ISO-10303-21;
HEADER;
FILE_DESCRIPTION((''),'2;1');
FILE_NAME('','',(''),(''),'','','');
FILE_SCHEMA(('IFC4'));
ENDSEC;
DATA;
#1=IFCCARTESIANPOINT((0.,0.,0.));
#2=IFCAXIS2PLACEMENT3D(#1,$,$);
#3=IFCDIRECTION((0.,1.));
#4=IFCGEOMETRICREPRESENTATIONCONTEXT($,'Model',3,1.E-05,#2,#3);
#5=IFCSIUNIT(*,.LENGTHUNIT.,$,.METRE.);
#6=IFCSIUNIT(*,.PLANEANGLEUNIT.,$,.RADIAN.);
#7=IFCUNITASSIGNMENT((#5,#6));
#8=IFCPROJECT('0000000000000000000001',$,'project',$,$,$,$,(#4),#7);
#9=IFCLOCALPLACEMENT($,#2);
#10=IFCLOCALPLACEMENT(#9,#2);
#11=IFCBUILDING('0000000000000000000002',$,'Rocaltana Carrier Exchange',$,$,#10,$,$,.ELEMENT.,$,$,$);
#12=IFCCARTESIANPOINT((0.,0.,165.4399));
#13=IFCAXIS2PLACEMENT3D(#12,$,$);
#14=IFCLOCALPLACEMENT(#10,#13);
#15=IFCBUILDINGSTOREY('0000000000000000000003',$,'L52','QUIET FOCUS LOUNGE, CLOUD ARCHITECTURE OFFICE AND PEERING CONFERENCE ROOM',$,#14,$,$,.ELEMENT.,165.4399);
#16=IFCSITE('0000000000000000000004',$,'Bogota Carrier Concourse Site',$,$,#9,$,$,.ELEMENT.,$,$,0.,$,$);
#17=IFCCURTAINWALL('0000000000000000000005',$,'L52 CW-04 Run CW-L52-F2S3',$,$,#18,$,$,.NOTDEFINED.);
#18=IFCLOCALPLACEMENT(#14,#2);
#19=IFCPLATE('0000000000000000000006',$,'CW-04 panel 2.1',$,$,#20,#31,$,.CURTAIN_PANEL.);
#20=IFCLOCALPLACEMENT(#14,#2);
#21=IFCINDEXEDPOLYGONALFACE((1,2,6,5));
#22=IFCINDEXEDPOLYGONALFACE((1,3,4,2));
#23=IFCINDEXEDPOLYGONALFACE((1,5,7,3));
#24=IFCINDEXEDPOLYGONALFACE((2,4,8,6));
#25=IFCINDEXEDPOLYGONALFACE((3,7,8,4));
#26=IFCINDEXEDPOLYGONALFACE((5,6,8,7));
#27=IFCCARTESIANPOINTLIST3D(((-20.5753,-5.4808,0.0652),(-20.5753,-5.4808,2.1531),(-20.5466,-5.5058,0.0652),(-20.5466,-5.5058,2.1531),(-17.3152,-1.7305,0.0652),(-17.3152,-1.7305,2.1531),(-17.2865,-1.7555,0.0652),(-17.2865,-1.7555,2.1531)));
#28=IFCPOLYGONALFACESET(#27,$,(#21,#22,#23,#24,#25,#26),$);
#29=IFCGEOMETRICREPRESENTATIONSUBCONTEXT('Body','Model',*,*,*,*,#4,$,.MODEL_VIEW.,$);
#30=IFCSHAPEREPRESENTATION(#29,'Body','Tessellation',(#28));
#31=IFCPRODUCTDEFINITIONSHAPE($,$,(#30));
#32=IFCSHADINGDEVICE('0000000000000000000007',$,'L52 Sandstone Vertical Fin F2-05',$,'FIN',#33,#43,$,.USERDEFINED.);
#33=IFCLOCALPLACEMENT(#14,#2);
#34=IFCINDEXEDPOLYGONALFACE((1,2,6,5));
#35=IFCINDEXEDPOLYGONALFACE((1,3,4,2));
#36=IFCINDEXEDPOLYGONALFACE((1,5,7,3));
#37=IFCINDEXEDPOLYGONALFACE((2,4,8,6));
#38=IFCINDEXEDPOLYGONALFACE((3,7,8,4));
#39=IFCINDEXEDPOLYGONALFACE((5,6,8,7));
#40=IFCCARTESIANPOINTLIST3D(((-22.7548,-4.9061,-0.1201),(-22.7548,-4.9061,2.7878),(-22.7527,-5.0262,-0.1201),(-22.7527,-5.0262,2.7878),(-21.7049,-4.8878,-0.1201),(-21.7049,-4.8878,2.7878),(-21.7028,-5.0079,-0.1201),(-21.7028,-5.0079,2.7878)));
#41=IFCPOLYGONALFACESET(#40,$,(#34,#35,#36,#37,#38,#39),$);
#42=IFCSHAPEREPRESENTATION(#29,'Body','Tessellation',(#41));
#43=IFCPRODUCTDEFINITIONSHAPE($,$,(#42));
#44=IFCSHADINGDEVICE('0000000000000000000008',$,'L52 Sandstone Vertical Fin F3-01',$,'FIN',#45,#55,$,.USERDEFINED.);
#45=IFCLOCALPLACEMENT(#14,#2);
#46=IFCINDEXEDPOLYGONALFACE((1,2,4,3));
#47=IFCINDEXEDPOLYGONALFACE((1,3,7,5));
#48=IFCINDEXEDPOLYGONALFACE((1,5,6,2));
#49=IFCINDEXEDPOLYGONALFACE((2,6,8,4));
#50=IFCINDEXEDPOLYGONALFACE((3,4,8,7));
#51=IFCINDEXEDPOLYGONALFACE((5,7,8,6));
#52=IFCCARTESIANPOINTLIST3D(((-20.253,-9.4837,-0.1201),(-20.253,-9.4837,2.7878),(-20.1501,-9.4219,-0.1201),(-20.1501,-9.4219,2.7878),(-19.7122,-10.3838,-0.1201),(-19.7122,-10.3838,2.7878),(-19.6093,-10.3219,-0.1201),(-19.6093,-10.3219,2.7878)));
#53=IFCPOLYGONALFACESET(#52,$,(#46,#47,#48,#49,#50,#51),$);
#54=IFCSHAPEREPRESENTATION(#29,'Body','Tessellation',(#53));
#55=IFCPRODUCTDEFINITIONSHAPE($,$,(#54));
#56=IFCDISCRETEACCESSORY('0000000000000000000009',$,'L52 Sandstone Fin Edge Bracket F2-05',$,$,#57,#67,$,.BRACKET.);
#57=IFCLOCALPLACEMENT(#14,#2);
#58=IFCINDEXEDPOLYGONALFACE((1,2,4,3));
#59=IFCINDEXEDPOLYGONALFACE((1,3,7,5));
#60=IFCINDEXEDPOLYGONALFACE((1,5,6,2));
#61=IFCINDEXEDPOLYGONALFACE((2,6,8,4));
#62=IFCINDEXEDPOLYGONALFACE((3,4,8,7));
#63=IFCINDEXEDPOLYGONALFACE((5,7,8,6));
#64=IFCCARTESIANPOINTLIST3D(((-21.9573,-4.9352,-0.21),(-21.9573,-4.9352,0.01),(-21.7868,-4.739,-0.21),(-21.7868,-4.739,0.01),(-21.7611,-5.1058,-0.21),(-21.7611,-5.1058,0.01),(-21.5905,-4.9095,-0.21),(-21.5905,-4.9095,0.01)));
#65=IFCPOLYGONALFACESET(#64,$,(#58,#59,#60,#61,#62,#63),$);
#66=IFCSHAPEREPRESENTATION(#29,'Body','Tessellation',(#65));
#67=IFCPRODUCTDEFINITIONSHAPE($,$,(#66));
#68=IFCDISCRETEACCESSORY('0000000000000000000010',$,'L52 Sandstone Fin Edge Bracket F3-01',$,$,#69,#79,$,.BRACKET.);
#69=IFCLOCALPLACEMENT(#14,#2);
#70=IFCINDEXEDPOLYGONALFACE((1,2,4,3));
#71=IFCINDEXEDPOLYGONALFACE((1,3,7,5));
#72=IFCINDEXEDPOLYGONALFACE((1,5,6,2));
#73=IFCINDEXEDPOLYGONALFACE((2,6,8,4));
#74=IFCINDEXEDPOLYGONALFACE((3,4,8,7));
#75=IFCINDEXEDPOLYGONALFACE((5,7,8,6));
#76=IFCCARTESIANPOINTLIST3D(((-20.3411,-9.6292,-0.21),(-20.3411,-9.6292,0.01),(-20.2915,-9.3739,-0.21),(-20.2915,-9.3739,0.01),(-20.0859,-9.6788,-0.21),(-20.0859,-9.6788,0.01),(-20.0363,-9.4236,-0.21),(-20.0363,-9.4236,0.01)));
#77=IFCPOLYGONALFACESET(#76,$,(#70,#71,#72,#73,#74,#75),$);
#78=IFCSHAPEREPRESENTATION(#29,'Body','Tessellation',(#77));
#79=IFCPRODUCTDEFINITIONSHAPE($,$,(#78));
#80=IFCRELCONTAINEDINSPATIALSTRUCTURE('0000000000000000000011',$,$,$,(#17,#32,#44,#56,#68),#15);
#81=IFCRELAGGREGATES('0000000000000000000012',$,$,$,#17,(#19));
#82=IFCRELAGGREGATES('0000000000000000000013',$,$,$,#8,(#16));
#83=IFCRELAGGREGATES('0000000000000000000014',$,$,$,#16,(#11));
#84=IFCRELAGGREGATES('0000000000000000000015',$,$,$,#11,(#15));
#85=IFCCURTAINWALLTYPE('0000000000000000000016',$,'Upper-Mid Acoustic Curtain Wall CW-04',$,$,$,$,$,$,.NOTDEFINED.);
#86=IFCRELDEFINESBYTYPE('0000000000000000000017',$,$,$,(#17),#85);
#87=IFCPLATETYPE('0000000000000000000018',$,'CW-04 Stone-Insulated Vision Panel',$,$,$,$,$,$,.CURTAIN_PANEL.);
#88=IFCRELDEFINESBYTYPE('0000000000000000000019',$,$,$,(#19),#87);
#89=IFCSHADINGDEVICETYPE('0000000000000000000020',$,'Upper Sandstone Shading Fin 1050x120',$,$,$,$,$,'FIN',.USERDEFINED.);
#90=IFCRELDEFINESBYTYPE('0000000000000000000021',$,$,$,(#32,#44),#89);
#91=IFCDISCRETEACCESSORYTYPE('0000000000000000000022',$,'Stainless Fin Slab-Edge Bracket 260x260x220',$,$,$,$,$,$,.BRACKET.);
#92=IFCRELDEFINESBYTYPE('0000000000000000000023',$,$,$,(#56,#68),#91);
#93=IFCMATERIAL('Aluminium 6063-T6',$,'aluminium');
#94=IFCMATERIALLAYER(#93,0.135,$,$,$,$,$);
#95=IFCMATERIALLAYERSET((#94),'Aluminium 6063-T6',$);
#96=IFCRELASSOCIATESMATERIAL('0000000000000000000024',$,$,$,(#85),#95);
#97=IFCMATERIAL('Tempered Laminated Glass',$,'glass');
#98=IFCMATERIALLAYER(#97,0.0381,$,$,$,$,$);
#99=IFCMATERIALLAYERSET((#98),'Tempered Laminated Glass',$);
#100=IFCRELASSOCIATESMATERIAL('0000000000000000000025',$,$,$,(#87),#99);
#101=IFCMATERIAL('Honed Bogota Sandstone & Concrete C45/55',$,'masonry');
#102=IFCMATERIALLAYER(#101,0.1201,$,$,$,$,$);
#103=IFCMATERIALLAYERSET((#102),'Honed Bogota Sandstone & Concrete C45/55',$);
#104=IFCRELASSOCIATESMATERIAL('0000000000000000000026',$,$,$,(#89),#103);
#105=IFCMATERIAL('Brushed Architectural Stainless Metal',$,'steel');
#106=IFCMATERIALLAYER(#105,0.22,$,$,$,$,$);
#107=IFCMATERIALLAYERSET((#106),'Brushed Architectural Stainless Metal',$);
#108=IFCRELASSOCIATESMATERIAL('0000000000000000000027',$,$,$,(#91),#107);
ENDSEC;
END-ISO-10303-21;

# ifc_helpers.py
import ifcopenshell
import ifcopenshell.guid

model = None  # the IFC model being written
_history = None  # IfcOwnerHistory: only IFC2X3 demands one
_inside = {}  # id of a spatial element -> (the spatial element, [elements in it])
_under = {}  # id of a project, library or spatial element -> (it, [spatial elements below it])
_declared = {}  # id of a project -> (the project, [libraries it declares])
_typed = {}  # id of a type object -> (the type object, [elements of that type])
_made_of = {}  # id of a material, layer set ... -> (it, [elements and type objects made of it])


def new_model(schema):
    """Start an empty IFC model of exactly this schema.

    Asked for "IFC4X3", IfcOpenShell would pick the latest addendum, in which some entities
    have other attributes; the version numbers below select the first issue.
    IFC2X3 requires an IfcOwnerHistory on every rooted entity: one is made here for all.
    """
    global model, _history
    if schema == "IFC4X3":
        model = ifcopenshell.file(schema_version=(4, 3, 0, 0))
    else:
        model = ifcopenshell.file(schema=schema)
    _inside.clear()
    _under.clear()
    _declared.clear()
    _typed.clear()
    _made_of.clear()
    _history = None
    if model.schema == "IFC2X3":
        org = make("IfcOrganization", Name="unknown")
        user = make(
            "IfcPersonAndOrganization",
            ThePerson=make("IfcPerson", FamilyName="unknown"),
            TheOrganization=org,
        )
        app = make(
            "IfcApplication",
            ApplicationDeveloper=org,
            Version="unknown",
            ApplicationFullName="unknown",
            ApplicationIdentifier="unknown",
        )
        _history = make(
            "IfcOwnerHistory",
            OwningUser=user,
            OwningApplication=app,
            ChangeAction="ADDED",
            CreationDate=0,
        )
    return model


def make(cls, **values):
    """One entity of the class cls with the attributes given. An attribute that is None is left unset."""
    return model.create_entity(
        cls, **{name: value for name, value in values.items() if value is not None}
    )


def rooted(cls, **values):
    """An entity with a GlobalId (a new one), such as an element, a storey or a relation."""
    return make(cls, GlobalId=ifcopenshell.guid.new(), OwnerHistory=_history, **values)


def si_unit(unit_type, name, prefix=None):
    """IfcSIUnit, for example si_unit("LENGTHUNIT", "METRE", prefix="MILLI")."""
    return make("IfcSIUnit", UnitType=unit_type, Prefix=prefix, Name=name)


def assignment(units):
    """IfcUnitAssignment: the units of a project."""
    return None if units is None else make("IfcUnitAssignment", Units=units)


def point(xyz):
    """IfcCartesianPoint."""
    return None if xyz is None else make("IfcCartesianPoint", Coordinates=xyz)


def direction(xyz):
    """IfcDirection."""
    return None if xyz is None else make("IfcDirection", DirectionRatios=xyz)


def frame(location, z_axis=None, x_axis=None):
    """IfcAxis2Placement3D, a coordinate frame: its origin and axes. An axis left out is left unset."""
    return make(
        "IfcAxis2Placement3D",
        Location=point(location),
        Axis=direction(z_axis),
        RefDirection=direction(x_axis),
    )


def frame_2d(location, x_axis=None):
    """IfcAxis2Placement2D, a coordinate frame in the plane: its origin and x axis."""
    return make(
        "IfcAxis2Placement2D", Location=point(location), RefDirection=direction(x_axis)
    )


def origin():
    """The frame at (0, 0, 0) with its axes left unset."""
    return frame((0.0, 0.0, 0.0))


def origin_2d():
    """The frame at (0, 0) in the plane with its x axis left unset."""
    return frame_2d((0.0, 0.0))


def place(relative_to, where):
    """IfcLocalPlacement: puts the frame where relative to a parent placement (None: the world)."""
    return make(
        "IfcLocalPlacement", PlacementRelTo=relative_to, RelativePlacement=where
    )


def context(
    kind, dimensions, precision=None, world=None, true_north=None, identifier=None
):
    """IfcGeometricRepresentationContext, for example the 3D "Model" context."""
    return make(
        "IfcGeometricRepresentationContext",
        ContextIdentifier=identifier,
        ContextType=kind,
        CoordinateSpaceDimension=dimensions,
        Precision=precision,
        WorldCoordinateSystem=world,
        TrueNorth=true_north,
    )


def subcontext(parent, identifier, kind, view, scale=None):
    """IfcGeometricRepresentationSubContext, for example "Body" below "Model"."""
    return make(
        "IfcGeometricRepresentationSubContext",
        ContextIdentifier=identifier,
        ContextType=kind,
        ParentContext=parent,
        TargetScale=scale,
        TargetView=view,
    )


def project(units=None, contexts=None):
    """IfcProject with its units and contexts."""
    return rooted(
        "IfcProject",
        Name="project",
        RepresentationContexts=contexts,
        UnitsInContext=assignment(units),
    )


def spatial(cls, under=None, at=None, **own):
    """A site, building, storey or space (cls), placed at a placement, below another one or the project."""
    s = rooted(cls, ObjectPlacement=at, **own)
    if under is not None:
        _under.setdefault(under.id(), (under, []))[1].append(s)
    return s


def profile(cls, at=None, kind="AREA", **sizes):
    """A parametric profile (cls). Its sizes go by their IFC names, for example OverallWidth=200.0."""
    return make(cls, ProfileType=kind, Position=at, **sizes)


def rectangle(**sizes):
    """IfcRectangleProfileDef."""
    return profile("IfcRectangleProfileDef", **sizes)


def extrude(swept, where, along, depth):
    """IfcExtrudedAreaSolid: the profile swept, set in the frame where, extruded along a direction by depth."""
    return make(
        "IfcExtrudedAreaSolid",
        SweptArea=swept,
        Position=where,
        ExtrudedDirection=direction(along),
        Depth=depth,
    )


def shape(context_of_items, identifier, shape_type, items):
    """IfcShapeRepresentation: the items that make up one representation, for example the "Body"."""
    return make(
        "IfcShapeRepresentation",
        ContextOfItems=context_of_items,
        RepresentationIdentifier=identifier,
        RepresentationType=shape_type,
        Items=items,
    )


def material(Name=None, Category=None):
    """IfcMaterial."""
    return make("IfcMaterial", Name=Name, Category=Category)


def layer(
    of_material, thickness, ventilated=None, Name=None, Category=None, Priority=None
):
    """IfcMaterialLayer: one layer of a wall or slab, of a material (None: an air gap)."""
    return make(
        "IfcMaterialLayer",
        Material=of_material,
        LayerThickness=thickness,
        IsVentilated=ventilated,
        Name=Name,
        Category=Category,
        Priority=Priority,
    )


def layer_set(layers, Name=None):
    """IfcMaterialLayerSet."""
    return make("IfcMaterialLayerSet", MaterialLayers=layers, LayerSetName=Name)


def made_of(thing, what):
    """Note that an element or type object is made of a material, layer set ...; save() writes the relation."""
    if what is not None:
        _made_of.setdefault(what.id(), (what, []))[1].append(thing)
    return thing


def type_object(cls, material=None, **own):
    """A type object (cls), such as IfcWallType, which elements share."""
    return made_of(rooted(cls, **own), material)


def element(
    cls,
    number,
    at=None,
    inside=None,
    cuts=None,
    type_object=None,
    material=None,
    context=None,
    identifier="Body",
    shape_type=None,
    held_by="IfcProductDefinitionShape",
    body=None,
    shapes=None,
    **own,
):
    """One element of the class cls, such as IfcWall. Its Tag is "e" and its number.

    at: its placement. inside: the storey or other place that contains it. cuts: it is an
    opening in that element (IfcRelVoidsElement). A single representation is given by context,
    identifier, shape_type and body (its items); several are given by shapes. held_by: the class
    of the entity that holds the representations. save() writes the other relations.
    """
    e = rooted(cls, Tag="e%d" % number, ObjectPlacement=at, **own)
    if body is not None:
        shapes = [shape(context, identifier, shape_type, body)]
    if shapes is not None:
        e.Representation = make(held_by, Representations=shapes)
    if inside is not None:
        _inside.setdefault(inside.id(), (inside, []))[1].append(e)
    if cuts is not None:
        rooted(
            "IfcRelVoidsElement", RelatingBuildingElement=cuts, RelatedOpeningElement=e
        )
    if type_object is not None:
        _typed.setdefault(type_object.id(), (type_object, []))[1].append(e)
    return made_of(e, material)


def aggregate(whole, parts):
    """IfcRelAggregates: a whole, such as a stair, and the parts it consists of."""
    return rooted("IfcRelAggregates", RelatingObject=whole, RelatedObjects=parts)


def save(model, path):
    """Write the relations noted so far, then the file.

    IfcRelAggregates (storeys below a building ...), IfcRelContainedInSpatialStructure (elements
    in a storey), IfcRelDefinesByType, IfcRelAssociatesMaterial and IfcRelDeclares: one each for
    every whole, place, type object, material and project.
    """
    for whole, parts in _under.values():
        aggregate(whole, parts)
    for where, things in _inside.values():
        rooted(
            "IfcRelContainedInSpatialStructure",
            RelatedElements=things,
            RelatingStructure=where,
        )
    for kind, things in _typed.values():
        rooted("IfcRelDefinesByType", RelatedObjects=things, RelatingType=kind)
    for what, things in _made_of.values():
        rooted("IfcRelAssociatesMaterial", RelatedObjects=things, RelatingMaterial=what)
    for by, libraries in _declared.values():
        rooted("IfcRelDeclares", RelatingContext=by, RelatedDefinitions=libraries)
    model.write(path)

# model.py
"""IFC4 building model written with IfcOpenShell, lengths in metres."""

from ifc_helpers import new_model, si_unit, direction, frame, origin, origin_2d, place, context, subcontext, project, spatial, rectangle, extrude, material, layer, layer_set, type_object, element, aggregate, save


model = new_model("IFC4")

# Units and contexts
model_context = context("Model", 3, precision=1e-05, world=origin(), true_north=direction((0.0, 1.0)))
body_context = subcontext(model_context, "Body", "Model", "MODEL_VIEW")
ifc_project = project(units=[si_unit("LENGTHUNIT", "METRE"), si_unit("PLANEANGLEUNIT", "RADIAN")], contexts=[model_context])

# Site, building, storey
site_placement = place(None, origin())
site = spatial("IfcSite", under=ifc_project, at=site_placement, Name="Bogota Carrier Concourse Site", CompositionType="ELEMENT", RefElevation=0.0)
building_placement = place(site_placement, origin())
building = spatial("IfcBuilding", under=site, at=building_placement, Name="Rocaltana Carrier Exchange", CompositionType="ELEMENT")
storey_placement = place(building_placement, frame((0.0, 0.0, 165.4399)))
storey = spatial("IfcBuildingStorey", under=building, at=storey_placement, Name="L52", Description="QUIET FOCUS LOUNGE, CLOUD ARCHITECTURE OFFICE AND PEERING CONFERENCE ROOM", CompositionType="ELEMENT", Elevation=165.4399)

# Curtain wall
ifc_material_1 = material(Name="Aluminium 6063-T6", Category="aluminium")
ifc_layer_1 = layer(ifc_material_1, 0.135)
ifc_layer_set_1 = layer_set([ifc_layer_1], Name="Aluminium 6063-T6")
curtain_wall_type = type_object("IfcCurtainWallType", Name="Upper-Mid Acoustic Curtain Wall CW-04", PredefinedType="NOTDEFINED", material=ifc_layer_set_1)
curtain_wall_1_placement = place(storey_placement, origin())
curtain_wall_1 = element("IfcCurtainWall", 1, at=curtain_wall_1_placement, inside=storey, type_object=curtain_wall_type, Name="L52 CW-04 Run CW-L52-F2S3", PredefinedType="NOTDEFINED")

# Plate
ifc_material_2 = material(Name="Tempered Laminated Glass", Category="glass")
ifc_layer_2 = layer(ifc_material_2, 0.0381)
ifc_layer_set_2 = layer_set([ifc_layer_2], Name="Tempered Laminated Glass")
plate_type = type_object("IfcPlateType", Name="CW-04 Stone-Insulated Vision Panel", PredefinedType="CURTAIN_PANEL", material=ifc_layer_set_2)
plate_placement = place(storey_placement, frame((-18.9309, -3.6182, 0.0652), z_axis=(0.0, 0.0, 1.0), x_axis=(-0.656057, -0.754712, 0.0)))
plate = element("IfcPlate", 2, at=plate_placement, type_object=plate_type, Name="CW-04 panel 2.1", PredefinedType="CURTAIN_PANEL", context=body_context, shape_type="SweptSolid", body=[
    extrude(rectangle(XDim=4.9692, YDim=0.0381, at=origin_2d()), origin(), (0.0, 0.0, 1.0), 2.0879),
])
aggregate(curtain_wall_1, [plate])

# Shading devices
ifc_material_3 = material(Name="Honed Bogota Sandstone & Concrete C45/55", Category="masonry")
ifc_layer_3 = layer(ifc_material_3, 0.1201)
ifc_layer_set_3 = layer_set([ifc_layer_3], Name="Honed Bogota Sandstone & Concrete C45/55")
shading_device_type = type_object("IfcShadingDeviceType", Name="Upper Sandstone Shading Fin 1050x120", ElementType="FIN", PredefinedType="USERDEFINED", material=ifc_layer_set_3)
for number, where, z_axis, x_axis, name in (
    (3, (-22.2288, -4.957, -0.1201), (0.0, 0.0, 1.0), (-0.999848, -0.017452, 0.0), "L52 Sandstone Vertical Fin F2-05"),
    (4, (-19.9312, -9.9028, -0.1201), (0.0, 0.0, 1.0), (0.515038, -0.857167, 0.0), "L52 Sandstone Vertical Fin F3-01"),
):
    element("IfcShadingDevice", number, at=place(storey_placement, frame(where, z_axis=z_axis, x_axis=x_axis)), inside=storey, type_object=shading_device_type, Name=name, ObjectType="FIN", PredefinedType="USERDEFINED", context=body_context, shape_type="SweptSolid", body=[
        extrude(rectangle(XDim=1.05, YDim=0.1201, at=origin_2d()), origin(), (0.0, 0.0, 1.0), 2.908),
    ])

# Discrete accessories
ifc_material_4 = material(Name="Brushed Architectural Stainless Metal", Category="steel")
ifc_layer_4 = layer(ifc_material_4, 0.22)
ifc_layer_set_4 = layer_set([ifc_layer_4], Name="Brushed Architectural Stainless Metal")
discrete_accessory_type = type_object("IfcDiscreteAccessoryType", Name="Stainless Fin Slab-Edge Bracket 260x260x220", PredefinedType="BRACKET", material=ifc_layer_set_4)
for number, where, z_axis, x_axis, name in (
    (5, (-21.7739, -4.9224, -0.21), (0.0, 0.0, 1.0), (-0.656059, -0.75471, 0.0), "L52 Sandstone Fin Edge Bracket F2-05"),
    (6, (-20.1887, -9.5264, -0.21), (0.0, 0.0, 1.0), (0.981627, -0.190809, 0.0), "L52 Sandstone Fin Edge Bracket F3-01"),
):
    element("IfcDiscreteAccessory", number, at=place(storey_placement, frame(where, z_axis=z_axis, x_axis=x_axis)), inside=storey, type_object=discrete_accessory_type, Name=name, PredefinedType="BRACKET", context=body_context, shape_type="SweptSolid", body=[
        extrude(rectangle(XDim=0.26, YDim=0.26, at=origin_2d()), origin(), (0.0, 0.0, 1.0), 0.22),
    ])

save(model, "model.ifc")
